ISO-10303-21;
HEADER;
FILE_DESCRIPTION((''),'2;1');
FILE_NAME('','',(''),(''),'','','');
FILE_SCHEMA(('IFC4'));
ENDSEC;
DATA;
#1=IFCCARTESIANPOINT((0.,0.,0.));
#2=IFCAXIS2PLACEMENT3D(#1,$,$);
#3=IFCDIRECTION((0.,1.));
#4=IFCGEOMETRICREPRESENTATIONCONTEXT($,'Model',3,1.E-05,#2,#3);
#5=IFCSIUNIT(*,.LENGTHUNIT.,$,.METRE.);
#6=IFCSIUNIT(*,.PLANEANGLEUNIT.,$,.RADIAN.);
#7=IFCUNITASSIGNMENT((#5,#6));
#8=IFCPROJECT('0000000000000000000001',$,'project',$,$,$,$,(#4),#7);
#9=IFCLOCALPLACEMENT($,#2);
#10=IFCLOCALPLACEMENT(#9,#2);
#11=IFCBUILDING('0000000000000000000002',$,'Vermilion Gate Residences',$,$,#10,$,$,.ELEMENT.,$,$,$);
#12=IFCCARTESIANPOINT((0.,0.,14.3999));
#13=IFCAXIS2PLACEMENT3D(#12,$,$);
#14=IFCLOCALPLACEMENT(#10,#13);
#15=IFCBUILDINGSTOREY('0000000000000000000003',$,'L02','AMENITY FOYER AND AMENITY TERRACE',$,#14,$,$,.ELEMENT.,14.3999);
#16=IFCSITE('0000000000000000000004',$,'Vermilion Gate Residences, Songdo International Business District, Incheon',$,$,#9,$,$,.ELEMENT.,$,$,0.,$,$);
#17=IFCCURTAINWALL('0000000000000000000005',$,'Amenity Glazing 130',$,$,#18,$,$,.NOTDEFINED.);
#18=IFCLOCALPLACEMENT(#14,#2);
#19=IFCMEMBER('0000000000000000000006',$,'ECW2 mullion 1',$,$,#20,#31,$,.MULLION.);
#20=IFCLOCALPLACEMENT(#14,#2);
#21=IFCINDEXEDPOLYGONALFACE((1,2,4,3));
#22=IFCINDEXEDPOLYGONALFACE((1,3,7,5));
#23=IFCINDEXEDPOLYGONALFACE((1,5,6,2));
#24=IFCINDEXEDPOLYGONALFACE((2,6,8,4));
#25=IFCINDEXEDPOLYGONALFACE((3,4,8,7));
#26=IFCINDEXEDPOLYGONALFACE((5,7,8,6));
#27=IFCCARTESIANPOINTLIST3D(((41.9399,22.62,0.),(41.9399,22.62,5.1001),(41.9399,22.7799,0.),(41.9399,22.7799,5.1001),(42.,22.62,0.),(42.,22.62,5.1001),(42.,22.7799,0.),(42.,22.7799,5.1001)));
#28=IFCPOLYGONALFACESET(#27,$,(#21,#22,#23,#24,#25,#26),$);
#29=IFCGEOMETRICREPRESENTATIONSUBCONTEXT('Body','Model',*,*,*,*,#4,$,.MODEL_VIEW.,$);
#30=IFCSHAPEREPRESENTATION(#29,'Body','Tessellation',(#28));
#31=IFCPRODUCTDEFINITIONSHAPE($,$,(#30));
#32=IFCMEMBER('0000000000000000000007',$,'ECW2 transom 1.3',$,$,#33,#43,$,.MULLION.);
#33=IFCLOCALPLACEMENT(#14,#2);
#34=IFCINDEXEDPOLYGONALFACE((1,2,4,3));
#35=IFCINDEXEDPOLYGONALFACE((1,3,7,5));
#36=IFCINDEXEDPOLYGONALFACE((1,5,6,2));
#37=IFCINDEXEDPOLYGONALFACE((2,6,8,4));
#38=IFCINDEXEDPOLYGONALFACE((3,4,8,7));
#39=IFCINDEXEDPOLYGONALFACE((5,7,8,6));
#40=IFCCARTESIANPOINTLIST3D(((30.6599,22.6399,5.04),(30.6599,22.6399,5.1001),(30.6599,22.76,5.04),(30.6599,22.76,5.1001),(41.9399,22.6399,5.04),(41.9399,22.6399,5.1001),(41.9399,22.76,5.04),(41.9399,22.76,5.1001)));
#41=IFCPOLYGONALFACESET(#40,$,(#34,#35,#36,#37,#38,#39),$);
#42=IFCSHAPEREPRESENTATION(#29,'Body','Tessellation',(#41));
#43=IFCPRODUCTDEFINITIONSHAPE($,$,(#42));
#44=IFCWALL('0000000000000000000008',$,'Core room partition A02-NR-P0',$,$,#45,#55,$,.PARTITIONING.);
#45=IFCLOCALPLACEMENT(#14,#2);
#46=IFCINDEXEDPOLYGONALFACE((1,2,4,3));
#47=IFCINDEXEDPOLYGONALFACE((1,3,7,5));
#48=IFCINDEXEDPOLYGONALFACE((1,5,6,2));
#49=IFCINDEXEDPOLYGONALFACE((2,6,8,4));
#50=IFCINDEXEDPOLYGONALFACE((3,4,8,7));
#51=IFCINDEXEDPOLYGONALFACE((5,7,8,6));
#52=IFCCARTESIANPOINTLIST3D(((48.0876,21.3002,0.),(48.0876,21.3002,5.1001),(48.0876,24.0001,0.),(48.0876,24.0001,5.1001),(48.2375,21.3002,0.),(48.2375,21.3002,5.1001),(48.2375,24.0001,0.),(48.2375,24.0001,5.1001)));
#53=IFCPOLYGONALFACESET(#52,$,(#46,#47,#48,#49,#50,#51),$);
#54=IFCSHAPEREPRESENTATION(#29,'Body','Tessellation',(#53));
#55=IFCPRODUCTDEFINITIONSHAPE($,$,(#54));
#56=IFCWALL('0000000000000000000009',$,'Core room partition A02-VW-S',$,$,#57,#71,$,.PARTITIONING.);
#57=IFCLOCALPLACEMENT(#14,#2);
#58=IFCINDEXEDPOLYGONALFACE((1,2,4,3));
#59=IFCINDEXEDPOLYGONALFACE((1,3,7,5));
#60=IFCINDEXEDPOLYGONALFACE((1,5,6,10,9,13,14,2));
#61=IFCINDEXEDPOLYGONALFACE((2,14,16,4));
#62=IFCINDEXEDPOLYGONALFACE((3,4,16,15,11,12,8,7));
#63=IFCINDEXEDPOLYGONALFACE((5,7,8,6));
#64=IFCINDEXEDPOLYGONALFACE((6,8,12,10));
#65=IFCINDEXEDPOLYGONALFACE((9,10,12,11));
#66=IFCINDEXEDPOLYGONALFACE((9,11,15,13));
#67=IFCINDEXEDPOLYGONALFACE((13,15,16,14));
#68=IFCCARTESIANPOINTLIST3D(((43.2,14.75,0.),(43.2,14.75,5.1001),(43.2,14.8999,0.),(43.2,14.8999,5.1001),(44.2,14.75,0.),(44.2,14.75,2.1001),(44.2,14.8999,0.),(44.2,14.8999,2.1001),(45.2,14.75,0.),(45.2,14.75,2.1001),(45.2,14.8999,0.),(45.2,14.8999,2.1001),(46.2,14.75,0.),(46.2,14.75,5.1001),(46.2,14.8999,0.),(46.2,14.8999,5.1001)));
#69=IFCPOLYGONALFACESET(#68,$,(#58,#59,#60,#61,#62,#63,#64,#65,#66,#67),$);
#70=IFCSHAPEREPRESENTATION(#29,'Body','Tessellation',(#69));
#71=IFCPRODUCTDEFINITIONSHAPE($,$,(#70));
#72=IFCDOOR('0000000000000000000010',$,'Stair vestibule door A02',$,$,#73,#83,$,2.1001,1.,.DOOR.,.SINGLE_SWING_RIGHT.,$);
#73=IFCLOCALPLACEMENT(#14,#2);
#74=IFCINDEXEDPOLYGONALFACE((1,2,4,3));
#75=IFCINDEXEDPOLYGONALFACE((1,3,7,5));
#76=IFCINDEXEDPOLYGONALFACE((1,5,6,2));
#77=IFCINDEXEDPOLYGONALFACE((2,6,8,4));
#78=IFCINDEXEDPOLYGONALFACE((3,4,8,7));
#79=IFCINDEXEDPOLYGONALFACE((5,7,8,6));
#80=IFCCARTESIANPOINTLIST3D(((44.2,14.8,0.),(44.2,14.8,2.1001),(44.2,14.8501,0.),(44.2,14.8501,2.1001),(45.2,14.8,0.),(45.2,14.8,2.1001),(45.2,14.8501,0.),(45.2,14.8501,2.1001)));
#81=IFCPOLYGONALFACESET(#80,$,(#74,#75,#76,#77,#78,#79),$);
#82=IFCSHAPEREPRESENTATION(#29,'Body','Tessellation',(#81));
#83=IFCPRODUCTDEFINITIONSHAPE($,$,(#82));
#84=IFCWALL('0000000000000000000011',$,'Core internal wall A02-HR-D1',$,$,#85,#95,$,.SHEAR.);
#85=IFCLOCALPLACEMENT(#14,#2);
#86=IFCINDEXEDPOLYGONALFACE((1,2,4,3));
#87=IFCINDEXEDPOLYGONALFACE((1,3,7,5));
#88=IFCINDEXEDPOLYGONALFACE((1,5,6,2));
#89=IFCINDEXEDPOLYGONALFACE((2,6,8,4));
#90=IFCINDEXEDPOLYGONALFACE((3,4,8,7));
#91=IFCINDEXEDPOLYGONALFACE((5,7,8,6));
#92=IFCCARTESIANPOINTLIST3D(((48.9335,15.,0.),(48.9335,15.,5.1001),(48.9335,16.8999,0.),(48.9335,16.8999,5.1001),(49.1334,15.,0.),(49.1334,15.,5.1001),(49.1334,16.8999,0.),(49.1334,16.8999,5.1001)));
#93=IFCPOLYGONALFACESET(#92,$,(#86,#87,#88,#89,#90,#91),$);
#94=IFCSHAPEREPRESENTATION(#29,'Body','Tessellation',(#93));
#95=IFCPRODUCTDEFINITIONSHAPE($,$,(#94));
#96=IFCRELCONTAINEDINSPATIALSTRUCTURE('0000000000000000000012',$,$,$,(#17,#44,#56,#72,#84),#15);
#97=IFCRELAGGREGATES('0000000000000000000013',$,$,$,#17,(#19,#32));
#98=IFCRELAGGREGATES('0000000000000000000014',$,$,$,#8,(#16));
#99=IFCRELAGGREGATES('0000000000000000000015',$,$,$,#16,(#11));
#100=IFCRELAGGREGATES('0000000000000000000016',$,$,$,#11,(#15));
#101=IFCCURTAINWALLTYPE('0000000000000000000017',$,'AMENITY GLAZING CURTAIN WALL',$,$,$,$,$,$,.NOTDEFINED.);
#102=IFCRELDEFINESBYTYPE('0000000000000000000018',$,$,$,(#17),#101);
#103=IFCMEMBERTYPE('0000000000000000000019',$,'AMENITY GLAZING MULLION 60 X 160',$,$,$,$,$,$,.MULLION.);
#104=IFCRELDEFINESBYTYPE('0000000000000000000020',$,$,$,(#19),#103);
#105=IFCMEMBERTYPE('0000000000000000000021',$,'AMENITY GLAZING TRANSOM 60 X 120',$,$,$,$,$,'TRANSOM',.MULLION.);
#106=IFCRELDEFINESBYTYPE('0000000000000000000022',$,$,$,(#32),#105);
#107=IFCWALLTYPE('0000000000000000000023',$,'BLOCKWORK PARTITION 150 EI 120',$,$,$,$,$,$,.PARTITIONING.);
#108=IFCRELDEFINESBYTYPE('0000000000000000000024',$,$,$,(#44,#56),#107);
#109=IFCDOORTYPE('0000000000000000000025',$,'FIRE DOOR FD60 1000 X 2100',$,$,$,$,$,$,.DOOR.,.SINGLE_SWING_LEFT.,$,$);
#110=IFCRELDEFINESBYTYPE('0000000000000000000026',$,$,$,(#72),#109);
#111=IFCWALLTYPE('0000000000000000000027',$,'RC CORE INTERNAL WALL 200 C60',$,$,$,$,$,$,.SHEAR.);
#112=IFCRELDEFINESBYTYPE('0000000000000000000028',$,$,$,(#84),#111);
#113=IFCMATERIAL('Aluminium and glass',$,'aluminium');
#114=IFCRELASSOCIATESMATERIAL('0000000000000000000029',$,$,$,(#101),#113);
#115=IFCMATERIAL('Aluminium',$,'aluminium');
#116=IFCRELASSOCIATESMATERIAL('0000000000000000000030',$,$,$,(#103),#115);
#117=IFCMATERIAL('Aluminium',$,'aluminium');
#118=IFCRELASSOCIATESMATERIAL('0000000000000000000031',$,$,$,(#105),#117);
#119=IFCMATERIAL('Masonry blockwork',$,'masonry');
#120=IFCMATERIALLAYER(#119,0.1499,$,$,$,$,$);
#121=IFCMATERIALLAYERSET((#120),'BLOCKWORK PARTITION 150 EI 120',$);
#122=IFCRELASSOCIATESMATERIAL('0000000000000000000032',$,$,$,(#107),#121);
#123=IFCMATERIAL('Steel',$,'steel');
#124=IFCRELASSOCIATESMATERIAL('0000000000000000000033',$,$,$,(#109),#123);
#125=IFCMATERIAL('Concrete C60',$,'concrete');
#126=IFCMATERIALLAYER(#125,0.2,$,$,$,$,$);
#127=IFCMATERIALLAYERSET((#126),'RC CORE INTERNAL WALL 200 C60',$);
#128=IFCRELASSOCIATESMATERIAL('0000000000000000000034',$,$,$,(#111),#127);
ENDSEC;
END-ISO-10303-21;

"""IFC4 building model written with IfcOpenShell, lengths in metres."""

from ifc_helpers import new_model, si_unit, direction, frame, frame_2d, origin, origin_2d, place, context, subcontext, project, spatial, rectangle, extrude, material, layer, layer_set, material_profile, profile_set, type_object, element, fill, aggregate, save


model = new_model("IFC4")

# Units and contexts
model_context = context("Model", 3, precision=1e-05, world=origin(), true_north=direction((0.0, 1.0)))
body_context = subcontext(model_context, "Body", "Model", "MODEL_VIEW")
ifc_project = project(units=[si_unit("LENGTHUNIT", "METRE"), si_unit("PLANEANGLEUNIT", "RADIAN")], contexts=[model_context])

# Site, building, storey
site_placement = place(None, origin())
site = spatial("IfcSite", under=ifc_project, at=site_placement, Name="Vermilion Gate Residences, Songdo International Business District, Incheon", CompositionType="ELEMENT", RefElevation=0.0)
building_placement = place(site_placement, origin())
building = spatial("IfcBuilding", under=site, at=building_placement, Name="Vermilion Gate Residences", CompositionType="ELEMENT")
storey_placement = place(building_placement, frame((0.0, 0.0, 14.3999)))
storey = spatial("IfcBuildingStorey", under=building, at=storey_placement, Name="L02", Description="AMENITY FOYER AND AMENITY TERRACE", CompositionType="ELEMENT", Elevation=14.3999)

# Curtain wall, members
ifc_material_1 = material(Name="Aluminium and glass", Category="aluminium")
curtain_wall_type = type_object("IfcCurtainWallType", Name="AMENITY GLAZING CURTAIN WALL", PredefinedType="NOTDEFINED", material=ifc_material_1)
curtain_wall_placement = place(storey_placement, origin())
curtain_wall = element("IfcCurtainWall", 1, at=curtain_wall_placement, inside=storey, type_object=curtain_wall_type, Name="Amenity Glazing 130", PredefinedType="NOTDEFINED")
ifc_material_2 = material(Name="Aluminium", Category="aluminium")
ifc_material_profile_1 = material_profile(ifc_material_2, rectangle(XDim=0.1599, YDim=0.0601, at=origin_2d()), Name="MULLION 60 X 160")
ifc_profile_set_1 = profile_set([ifc_material_profile_1], Name="Aluminium")
member_type_1 = type_object("IfcMemberType", Name="AMENITY GLAZING MULLION 60 X 160", PredefinedType="MULLION", material=ifc_profile_set_1)
member_1_placement = place(storey_placement, frame((41.97, 22.7, 0.0), z_axis=(0.0, 0.0, 1.0), x_axis=(0.0, -1.0, 0.0)))
member_1 = element("IfcMember", 2, at=member_1_placement, type_object=member_type_1, Name="ECW2 mullion 1", PredefinedType="MULLION", context=body_context, shape_type="SweptSolid", body=[
    extrude(rectangle(XDim=0.1599, YDim=0.0601, at=origin_2d()), origin(), (0.0, 0.0, 1.0), 5.1001),
])
ifc_material_3 = material(Name="Aluminium", Category="aluminium")
ifc_material_profile_2 = material_profile(ifc_material_3, rectangle(XDim=0.1201, YDim=0.0601, at=origin_2d()), Name="TRANSOM 60 X 120")
ifc_profile_set_2 = profile_set([ifc_material_profile_2], Name="Aluminium")
member_type_2 = type_object("IfcMemberType", Name="AMENITY GLAZING TRANSOM 60 X 120", ElementType="TRANSOM", PredefinedType="MULLION", material=ifc_profile_set_2)
member_2_placement = place(storey_placement, frame((41.9399, 22.7, 5.0701), z_axis=(-1.0, 0.0, 0.0), x_axis=(0.0, -1.0, 0.0)))
member_2 = element("IfcMember", 3, at=member_2_placement, type_object=member_type_2, Name="ECW2 transom 1.3", PredefinedType="MULLION", context=body_context, shape_type="SweptSolid", body=[
    extrude(rectangle(XDim=0.1201, YDim=0.0601, at=origin_2d()), origin(), (0.0, 0.0, 1.0), 11.28),
])
aggregate(curtain_wall, [member_1, member_2])

# Wall
ifc_material_4 = material(Name="Masonry blockwork", Category="masonry")
ifc_layer_1 = layer(ifc_material_4, 0.1499)
ifc_layer_set_1 = layer_set([ifc_layer_1], Name="BLOCKWORK PARTITION 150 EI 120")
wall_type_1 = type_object("IfcWallType", Name="BLOCKWORK PARTITION 150 EI 120", PredefinedType="PARTITIONING", material=ifc_layer_set_1)
wall_1_placement = place(storey_placement, frame((48.1626, 21.3, 0.0), z_axis=(0.0, 0.0, 1.0), x_axis=(0.0, 1.0, 0.0)))
element("IfcWall", 4, at=wall_1_placement, inside=storey, type_object=wall_type_1, Name="Core room partition A02-NR-P0", PredefinedType="PARTITIONING", context=body_context, shape_type="SweptSolid", body=[
    extrude(rectangle(XDim=2.7, YDim=0.1499, at=frame_2d((1.3501, 0.0))), origin(), (0.0, 0.0, 1.0), 5.1001),
])

# Wall, opening, door
wall_2_placement = place(storey_placement, frame((43.2, 14.825, 0.0), z_axis=(0.0, 0.0, 1.0), x_axis=(1.0, 0.0, 0.0)))
wall_2 = element("IfcWall", 5, at=wall_2_placement, inside=storey, type_object=wall_type_1, Name="Core room partition A02-VW-S", PredefinedType="PARTITIONING", context=body_context, shape_type="SweptSolid", body=[
    extrude(rectangle(XDim=3.0, YDim=0.1499, at=frame_2d((1.5, 0.0))), origin(), (0.0, 0.0, 1.0), 5.1001),
])
opening_1_placement = place(wall_2_placement, frame((1.0, 0.0, 0.0)))
opening_1 = element("IfcOpeningElement", 6, at=opening_1_placement, cuts=wall_2, PredefinedType="OPENING", context=body_context, shape_type="SweptSolid", body=[
    extrude(rectangle(XDim=1.0, YDim=2.1001, at=frame_2d((0.5, 1.05))), frame((0.0, 0.085, 0.0), z_axis=(0.0, -1.0, 0.0), x_axis=(1.0, 0.0, 0.0)), (0.0, 0.0, 1.0), 0.1699),
])
ifc_material_5 = material(Name="Steel", Category="steel")
door_type_1 = type_object("IfcDoorType", Name="FIRE DOOR FD60 1000 X 2100", OperationType="SINGLE_SWING_LEFT", PredefinedType="DOOR", material=ifc_material_5)
door_1_placement = place(opening_1_placement, frame((1.0, 0.0, 0.0), z_axis=(0.0, 0.0, 1.0), x_axis=(-1.0, 0.0, 0.0)))
door_1 = element("IfcDoor", 7, at=door_1_placement, inside=storey, type_object=door_type_1, Name="Stair vestibule door A02", OperationType="SINGLE_SWING_RIGHT", OverallHeight=2.1001, OverallWidth=1.0, PredefinedType="DOOR", context=body_context, shape_type="SweptSolid", body=[
    extrude(rectangle(XDim=1.0, YDim=2.1001, at=frame_2d((0.5, 1.05))), frame((0.0, 0.0249, 0.0), z_axis=(0.0, -1.0, 0.0), x_axis=(1.0, 0.0, 0.0)), (0.0, 0.0, 1.0), 0.05),
])
fill(opening_1, door_1)

# Wall
ifc_material_6 = material(Name="Concrete C60", Category="concrete")
ifc_layer_2 = layer(ifc_material_6, 0.2)
ifc_layer_set_2 = layer_set([ifc_layer_2], Name="RC CORE INTERNAL WALL 200 C60")
wall_type_2 = type_object("IfcWallType", Name="RC CORE INTERNAL WALL 200 C60", PredefinedType="SHEAR", material=ifc_layer_set_2)
wall_3_placement = place(storey_placement, frame((49.0334, 15.0, 0.0), z_axis=(0.0, 0.0, 1.0), x_axis=(0.0, 1.0, 0.0)))
element("IfcWall", 8, at=wall_3_placement, inside=storey, type_object=wall_type_2, Name="Core internal wall A02-HR-D1", PredefinedType="SHEAR", context=body_context, shape_type="SweptSolid", body=[
    extrude(rectangle(XDim=1.8999, YDim=0.2, at=frame_2d((0.95, 0.0))), origin(), (0.0, 0.0, 1.0), 5.1001),
])

save(model, "model.ifc")
